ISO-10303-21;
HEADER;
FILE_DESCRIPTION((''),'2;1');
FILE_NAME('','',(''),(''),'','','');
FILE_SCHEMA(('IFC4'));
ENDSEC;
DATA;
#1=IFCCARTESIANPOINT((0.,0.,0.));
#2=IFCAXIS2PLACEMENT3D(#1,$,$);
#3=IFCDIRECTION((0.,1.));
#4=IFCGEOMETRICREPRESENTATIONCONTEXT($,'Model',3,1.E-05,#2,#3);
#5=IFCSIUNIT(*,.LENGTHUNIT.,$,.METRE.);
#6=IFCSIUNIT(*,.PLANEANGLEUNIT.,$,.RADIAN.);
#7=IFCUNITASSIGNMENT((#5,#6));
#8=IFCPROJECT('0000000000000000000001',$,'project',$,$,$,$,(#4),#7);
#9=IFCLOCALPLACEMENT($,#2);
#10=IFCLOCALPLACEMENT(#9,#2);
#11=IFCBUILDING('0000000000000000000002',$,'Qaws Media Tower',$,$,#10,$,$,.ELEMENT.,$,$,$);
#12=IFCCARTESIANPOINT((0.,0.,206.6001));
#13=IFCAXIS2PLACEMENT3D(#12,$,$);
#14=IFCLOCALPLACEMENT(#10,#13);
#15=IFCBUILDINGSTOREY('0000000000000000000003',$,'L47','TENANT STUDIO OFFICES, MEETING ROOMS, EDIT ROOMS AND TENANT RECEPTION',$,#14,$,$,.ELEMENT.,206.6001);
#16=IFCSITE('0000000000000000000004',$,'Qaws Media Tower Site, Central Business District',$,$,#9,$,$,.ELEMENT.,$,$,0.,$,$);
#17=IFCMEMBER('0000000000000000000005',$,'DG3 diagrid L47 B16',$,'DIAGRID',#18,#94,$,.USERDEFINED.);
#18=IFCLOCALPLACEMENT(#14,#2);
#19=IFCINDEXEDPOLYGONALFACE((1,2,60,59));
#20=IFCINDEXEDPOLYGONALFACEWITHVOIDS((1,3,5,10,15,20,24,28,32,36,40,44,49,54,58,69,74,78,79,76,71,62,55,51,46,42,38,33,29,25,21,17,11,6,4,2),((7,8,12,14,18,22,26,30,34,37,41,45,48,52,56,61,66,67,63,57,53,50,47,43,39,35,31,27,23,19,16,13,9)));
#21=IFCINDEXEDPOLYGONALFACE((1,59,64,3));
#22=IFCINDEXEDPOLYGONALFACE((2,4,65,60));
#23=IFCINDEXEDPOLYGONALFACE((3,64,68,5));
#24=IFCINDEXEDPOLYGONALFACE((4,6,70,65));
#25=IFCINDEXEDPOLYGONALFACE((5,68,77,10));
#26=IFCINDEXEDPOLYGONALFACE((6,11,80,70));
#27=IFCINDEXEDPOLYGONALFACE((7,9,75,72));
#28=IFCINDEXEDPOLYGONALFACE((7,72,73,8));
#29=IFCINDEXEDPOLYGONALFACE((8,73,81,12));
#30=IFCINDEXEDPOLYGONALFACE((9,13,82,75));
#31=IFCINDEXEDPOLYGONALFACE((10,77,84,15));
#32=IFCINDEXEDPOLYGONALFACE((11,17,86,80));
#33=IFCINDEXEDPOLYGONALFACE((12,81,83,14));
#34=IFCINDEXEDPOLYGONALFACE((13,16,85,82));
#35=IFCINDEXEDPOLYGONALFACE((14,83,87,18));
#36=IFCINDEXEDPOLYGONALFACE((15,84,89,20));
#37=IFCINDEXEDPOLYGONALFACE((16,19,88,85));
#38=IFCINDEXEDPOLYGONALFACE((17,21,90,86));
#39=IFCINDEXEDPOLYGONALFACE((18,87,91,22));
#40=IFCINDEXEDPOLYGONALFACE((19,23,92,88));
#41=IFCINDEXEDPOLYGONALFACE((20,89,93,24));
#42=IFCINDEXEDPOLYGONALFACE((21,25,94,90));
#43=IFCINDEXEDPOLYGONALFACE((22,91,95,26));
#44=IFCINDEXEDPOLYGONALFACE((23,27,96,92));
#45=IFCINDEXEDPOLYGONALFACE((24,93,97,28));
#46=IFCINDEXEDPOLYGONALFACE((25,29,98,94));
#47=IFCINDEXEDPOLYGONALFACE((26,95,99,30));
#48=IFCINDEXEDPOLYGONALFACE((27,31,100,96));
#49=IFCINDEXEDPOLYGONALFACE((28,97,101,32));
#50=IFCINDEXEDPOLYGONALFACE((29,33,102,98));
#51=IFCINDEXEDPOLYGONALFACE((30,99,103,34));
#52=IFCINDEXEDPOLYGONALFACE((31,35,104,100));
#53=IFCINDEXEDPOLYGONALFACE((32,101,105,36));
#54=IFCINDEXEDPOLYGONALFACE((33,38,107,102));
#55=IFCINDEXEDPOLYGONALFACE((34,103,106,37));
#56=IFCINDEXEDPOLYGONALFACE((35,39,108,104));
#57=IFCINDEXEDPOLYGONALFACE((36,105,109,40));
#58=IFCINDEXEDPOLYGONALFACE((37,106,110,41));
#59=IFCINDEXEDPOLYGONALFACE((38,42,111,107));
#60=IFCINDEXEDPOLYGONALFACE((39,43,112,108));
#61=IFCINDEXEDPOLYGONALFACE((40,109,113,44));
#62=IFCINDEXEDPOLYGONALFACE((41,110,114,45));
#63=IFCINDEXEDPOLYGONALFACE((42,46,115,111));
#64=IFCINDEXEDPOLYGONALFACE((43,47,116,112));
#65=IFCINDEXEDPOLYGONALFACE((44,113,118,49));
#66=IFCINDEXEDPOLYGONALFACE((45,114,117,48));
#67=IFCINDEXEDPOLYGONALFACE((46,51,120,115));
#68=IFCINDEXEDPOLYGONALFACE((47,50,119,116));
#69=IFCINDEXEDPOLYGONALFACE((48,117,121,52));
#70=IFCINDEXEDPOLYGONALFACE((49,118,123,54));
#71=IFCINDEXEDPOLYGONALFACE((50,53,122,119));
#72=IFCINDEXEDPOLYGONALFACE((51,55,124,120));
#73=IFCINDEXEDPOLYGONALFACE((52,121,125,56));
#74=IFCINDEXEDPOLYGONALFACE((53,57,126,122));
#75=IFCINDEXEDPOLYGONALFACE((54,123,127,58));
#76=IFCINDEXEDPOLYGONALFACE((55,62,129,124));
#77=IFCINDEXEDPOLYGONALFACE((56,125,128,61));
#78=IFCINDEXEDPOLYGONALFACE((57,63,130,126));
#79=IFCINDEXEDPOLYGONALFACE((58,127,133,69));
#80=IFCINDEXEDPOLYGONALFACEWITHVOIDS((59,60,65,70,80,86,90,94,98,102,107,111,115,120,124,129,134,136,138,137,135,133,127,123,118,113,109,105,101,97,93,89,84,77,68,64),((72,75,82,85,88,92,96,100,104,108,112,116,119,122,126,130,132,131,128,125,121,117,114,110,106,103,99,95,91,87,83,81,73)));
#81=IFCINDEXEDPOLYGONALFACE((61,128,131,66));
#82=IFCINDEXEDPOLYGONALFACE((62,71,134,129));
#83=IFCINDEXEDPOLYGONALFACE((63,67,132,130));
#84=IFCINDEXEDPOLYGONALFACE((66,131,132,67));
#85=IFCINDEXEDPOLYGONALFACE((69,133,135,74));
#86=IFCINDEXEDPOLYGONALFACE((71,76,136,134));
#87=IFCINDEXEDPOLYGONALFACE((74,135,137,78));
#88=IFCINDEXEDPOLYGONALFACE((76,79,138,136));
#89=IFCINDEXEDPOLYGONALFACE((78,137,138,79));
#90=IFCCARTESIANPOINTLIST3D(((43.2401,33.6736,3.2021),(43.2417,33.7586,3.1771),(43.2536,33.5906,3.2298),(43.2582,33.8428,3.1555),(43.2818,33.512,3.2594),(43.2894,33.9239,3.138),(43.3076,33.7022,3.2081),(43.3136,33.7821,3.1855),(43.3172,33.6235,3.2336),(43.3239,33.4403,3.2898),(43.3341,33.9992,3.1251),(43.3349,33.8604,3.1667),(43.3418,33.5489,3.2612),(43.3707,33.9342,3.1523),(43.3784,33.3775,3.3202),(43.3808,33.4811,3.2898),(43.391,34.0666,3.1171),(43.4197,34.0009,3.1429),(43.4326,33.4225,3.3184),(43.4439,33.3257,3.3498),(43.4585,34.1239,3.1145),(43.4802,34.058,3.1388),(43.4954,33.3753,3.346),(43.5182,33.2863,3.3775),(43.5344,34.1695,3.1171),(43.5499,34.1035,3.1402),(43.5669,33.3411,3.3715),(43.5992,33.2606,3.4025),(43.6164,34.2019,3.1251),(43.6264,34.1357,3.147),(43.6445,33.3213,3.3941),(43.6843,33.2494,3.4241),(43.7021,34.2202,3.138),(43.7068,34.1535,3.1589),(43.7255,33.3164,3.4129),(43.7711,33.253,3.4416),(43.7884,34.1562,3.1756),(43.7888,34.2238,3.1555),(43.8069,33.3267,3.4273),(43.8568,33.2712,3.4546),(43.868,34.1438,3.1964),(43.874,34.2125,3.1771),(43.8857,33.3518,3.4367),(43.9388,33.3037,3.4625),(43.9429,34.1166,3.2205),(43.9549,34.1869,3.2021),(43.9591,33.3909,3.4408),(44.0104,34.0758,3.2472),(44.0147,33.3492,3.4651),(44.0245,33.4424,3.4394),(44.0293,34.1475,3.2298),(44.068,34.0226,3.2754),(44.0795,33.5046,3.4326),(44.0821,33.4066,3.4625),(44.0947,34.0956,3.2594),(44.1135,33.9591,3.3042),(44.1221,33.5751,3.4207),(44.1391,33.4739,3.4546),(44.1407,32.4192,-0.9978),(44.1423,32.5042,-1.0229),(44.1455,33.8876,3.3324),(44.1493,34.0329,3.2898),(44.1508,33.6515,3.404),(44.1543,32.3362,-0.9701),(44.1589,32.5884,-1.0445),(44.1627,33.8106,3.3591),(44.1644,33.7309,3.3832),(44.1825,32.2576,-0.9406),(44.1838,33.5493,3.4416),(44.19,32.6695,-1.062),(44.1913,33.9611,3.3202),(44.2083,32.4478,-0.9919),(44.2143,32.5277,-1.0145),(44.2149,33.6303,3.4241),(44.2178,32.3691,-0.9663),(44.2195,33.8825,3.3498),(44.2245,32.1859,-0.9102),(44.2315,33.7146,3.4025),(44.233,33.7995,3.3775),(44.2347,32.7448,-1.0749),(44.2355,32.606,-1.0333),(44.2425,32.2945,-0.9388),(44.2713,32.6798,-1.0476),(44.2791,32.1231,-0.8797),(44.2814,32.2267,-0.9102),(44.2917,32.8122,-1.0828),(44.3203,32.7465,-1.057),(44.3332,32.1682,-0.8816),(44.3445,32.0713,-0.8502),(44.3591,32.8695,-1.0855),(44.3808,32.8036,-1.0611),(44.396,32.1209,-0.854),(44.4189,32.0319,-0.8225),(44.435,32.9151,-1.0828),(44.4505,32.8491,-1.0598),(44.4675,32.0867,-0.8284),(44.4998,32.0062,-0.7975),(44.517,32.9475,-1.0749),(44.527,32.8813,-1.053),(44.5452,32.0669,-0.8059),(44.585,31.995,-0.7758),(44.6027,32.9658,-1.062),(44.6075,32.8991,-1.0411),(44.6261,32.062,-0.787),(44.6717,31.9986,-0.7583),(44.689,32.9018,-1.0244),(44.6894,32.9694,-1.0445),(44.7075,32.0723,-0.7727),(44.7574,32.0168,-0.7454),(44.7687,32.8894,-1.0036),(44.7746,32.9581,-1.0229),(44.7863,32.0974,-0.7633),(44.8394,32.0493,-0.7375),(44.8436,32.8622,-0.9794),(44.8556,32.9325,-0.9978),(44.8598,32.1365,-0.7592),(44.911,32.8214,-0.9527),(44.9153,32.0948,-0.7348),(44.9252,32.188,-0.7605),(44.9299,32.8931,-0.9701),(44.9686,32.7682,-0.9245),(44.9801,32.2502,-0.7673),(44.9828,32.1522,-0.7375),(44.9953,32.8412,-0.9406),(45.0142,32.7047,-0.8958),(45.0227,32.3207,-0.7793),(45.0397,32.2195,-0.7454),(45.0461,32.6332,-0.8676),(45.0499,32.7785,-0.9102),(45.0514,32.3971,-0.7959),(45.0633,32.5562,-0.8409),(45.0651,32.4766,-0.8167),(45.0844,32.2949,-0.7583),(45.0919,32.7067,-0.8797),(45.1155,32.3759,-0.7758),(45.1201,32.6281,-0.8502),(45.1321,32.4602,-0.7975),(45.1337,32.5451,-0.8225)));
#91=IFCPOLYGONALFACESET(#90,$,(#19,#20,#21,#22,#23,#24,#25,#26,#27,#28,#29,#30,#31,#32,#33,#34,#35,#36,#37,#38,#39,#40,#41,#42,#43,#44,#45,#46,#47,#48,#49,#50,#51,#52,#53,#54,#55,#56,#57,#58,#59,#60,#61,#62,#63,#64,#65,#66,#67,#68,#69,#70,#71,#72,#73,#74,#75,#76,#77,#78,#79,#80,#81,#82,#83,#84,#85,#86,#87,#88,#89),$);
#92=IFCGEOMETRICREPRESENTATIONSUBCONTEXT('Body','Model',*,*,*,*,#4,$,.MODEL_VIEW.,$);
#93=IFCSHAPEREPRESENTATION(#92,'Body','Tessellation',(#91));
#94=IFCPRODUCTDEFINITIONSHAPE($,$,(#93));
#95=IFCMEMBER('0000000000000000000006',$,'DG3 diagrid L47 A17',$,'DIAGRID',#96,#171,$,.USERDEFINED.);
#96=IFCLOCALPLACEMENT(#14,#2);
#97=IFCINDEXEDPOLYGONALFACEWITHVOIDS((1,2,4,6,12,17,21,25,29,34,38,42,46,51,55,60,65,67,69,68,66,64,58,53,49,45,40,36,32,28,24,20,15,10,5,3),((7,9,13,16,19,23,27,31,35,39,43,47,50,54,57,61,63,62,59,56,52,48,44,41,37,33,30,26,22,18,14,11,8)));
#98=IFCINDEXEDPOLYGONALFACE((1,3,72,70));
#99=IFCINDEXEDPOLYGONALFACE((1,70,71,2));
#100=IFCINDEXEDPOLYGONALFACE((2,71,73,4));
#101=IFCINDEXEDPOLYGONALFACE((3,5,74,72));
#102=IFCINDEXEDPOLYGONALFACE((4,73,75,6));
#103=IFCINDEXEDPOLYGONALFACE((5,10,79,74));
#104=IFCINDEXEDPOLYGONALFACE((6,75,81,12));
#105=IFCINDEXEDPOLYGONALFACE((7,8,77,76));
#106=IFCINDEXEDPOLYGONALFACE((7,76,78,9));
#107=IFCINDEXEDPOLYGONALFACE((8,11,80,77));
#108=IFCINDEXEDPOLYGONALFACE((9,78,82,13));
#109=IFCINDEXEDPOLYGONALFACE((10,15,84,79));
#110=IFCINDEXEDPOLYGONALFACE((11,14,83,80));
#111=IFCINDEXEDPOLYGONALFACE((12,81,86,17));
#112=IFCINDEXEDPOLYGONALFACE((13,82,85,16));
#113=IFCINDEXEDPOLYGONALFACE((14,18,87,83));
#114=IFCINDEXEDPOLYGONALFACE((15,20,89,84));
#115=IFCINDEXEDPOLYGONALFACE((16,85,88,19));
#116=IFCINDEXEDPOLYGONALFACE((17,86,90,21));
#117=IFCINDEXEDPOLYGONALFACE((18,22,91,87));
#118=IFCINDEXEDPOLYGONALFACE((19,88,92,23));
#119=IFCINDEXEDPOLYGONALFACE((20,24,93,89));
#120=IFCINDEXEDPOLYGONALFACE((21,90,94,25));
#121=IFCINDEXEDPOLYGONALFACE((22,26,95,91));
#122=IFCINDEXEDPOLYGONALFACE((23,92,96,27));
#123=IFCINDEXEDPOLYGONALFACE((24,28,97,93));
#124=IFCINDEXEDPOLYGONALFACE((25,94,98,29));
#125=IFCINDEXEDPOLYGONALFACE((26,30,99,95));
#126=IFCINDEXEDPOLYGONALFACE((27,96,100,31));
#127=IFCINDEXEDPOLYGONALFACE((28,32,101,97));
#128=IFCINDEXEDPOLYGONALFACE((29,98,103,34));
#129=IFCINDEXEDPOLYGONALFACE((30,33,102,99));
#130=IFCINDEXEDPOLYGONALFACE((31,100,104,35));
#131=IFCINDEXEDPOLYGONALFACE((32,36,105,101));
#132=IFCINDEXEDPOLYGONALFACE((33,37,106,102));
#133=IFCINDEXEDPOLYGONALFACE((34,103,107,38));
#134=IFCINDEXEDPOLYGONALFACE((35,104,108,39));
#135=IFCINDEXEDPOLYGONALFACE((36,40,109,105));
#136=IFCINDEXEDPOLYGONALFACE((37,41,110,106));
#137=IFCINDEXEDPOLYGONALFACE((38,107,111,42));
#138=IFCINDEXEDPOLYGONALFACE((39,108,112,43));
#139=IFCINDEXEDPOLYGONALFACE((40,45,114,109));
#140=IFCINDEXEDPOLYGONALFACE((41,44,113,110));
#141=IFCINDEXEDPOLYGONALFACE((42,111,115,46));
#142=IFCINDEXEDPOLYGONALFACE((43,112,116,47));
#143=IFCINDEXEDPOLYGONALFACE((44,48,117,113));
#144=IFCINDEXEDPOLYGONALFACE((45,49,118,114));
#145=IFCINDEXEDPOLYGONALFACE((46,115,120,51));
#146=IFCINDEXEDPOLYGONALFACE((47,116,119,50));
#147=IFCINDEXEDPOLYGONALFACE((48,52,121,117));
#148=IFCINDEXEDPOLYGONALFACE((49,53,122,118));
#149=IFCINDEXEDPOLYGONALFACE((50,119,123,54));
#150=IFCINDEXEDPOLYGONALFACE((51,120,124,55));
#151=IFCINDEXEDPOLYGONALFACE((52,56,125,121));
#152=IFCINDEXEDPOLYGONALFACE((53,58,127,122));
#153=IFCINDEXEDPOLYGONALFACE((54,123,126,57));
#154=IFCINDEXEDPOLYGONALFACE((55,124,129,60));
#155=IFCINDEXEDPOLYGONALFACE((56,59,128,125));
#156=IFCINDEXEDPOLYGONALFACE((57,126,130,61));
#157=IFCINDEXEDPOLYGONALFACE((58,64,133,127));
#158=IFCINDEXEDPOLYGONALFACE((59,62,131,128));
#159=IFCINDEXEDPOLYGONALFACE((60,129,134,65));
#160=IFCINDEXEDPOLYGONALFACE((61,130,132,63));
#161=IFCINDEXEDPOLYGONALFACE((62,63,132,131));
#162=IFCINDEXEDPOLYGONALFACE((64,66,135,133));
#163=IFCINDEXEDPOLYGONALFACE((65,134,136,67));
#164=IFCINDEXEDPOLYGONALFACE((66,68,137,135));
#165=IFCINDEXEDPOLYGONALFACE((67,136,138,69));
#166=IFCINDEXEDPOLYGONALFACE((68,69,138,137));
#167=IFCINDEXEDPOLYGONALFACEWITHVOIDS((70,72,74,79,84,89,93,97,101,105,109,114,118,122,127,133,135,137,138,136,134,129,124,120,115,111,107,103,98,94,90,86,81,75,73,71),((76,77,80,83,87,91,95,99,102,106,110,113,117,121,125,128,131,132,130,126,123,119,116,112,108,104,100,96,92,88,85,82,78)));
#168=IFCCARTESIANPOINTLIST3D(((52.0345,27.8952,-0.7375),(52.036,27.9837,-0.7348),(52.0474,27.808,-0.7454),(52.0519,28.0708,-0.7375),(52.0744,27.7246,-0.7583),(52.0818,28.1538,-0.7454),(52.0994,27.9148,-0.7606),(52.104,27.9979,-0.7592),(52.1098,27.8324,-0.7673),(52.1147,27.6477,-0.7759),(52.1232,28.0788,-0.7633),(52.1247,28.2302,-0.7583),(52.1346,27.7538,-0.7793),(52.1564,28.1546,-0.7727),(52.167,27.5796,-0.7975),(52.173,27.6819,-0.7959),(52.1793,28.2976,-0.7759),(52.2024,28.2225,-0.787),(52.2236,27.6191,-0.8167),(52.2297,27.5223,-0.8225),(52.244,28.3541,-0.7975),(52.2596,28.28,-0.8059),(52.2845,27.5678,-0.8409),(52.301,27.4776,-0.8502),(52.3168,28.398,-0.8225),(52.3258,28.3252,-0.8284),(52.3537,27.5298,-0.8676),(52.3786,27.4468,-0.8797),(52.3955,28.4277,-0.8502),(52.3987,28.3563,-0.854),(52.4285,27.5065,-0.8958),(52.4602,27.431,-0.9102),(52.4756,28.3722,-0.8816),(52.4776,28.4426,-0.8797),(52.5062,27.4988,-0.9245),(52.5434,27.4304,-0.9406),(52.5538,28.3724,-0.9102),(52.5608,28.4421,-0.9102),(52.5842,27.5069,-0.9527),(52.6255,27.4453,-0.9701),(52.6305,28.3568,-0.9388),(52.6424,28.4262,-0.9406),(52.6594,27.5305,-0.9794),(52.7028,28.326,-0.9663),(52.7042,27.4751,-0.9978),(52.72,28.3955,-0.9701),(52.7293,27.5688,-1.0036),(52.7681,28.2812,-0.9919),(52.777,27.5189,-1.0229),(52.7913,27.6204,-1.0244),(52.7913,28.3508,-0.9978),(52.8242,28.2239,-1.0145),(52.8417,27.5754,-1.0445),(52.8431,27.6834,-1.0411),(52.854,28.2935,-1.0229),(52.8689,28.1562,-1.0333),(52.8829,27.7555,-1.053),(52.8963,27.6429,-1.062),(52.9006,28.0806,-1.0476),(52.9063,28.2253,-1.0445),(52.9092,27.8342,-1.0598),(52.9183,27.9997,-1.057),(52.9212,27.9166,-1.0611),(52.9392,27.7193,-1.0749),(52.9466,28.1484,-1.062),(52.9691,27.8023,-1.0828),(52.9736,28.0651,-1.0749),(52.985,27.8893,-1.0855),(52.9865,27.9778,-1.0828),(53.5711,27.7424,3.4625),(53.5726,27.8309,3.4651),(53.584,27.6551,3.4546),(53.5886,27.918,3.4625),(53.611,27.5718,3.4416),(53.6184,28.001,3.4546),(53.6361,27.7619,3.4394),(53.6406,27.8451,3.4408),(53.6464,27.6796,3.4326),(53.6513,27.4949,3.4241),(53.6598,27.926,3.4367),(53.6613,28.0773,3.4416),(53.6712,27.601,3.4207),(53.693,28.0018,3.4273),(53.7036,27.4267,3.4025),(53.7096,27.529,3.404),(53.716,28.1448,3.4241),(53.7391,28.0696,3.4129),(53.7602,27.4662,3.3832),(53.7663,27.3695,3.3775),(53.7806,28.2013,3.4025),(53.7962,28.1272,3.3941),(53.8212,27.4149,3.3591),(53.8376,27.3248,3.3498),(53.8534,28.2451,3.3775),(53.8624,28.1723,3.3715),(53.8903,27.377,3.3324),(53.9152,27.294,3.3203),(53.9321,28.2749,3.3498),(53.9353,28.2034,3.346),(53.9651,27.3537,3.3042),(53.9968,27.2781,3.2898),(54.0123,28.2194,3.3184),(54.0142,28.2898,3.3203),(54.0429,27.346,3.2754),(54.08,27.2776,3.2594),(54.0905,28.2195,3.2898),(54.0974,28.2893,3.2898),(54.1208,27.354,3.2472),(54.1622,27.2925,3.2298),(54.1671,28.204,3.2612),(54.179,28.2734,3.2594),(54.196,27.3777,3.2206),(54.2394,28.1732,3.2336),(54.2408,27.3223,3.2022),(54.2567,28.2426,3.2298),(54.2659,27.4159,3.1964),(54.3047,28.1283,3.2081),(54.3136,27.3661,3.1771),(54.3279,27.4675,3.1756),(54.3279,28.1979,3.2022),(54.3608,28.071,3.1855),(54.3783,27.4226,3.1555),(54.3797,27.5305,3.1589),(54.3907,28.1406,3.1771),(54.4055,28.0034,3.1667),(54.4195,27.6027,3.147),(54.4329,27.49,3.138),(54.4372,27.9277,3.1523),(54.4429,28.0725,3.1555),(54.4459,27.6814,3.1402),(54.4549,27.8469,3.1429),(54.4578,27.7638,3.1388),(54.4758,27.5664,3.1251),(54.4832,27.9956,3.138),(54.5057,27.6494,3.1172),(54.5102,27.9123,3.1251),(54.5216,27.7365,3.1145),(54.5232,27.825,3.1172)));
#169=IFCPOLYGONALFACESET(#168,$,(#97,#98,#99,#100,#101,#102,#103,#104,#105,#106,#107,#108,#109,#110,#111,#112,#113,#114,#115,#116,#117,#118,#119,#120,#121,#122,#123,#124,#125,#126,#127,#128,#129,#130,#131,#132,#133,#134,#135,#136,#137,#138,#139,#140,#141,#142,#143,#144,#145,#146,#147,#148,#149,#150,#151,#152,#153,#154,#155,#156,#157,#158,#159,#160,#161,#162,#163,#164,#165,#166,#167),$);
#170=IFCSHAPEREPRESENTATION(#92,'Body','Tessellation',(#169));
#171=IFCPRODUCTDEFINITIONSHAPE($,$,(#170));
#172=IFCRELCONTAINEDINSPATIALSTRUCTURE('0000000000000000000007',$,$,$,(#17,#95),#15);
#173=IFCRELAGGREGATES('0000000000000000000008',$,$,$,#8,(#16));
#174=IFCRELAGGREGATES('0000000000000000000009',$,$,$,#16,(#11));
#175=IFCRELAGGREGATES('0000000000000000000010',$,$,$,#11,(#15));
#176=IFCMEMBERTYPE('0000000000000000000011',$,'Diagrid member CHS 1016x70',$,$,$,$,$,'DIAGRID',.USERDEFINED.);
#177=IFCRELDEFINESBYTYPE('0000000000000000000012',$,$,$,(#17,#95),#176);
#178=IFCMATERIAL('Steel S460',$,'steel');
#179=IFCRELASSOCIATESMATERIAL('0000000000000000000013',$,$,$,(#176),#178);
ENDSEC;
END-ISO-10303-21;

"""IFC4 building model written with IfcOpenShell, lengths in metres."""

from ifc_helpers import new_model, si_unit, direction, frame, origin, origin_2d, place, context, subcontext, project, spatial, hollow_circle, extrude, material, material_profile, profile_set, type_object, element, save


model = new_model("IFC4")

# Units and contexts
model_context = context("Model", 3, precision=1e-05, world=origin(), true_north=direction((0.0, 1.0)))
body_context = subcontext(model_context, "Body", "Model", "MODEL_VIEW")
ifc_project = project(units=[si_unit("LENGTHUNIT", "METRE"), si_unit("PLANEANGLEUNIT", "RADIAN")], contexts=[model_context])

# Site, building, storey
site_placement = place(None, origin())
site = spatial("IfcSite", under=ifc_project, at=site_placement, Name="Qaws Media Tower Site, Central Business District", CompositionType="ELEMENT", RefElevation=0.0)
building_placement = place(site_placement, origin())
building = spatial("IfcBuilding", under=site, at=building_placement, Name="Qaws Media Tower", CompositionType="ELEMENT")
storey_placement = place(building_placement, frame((0.0, 0.0, 206.6001)))
storey = spatial("IfcBuildingStorey", under=building, at=storey_placement, Name="L47", Description="TENANT STUDIO OFFICES, MEETING ROOMS, EDIT ROOMS AND TENANT RECEPTION", CompositionType="ELEMENT", Elevation=206.6001)

# Members
ifc_material_1 = material(Name="Steel S460", Category="steel")
ifc_material_profile_1 = material_profile(ifc_material_1, hollow_circle(Radius=0.5081, WallThickness=0.0701, at=origin_2d()), Name="CHS 1016x70")
ifc_profile_set_1 = profile_set([ifc_material_profile_1], Name="Steel S460")
member_type_1 = type_object("IfcMemberType", Name="Diagrid member CHS 1016x70", ElementType="DIAGRID", PredefinedType="USERDEFINED", material=ifc_profile_set_1)
for number, where, z_axis, x_axis, name in (
    (1, (44.6372, 32.4822, -0.9102), (-0.201266, 0.280321, 0.938569), (-0.81231, -0.583226, 0.0), "DG3 diagrid L47 B16"),
    (2, (52.5105, 27.9365, -0.9102), (0.343392, -0.034154, 0.938571), (0.098971, 0.99509, 0.0), "DG3 diagrid L47 A17"),
):
    element("IfcMember", number, at=place(storey_placement, frame(where, z_axis=z_axis, x_axis=x_axis)), inside=storey, type_object=member_type_1, Name=name, ObjectType="DIAGRID", PredefinedType="USERDEFINED", context=body_context, shape_type="SweptSolid", body=[
        extrude(hollow_circle(Radius=0.5081, WallThickness=0.0701, at=origin_2d()), origin(), (0.0, 0.0, 1.0), 4.4749),
    ])

save(model, "model.ifc")
